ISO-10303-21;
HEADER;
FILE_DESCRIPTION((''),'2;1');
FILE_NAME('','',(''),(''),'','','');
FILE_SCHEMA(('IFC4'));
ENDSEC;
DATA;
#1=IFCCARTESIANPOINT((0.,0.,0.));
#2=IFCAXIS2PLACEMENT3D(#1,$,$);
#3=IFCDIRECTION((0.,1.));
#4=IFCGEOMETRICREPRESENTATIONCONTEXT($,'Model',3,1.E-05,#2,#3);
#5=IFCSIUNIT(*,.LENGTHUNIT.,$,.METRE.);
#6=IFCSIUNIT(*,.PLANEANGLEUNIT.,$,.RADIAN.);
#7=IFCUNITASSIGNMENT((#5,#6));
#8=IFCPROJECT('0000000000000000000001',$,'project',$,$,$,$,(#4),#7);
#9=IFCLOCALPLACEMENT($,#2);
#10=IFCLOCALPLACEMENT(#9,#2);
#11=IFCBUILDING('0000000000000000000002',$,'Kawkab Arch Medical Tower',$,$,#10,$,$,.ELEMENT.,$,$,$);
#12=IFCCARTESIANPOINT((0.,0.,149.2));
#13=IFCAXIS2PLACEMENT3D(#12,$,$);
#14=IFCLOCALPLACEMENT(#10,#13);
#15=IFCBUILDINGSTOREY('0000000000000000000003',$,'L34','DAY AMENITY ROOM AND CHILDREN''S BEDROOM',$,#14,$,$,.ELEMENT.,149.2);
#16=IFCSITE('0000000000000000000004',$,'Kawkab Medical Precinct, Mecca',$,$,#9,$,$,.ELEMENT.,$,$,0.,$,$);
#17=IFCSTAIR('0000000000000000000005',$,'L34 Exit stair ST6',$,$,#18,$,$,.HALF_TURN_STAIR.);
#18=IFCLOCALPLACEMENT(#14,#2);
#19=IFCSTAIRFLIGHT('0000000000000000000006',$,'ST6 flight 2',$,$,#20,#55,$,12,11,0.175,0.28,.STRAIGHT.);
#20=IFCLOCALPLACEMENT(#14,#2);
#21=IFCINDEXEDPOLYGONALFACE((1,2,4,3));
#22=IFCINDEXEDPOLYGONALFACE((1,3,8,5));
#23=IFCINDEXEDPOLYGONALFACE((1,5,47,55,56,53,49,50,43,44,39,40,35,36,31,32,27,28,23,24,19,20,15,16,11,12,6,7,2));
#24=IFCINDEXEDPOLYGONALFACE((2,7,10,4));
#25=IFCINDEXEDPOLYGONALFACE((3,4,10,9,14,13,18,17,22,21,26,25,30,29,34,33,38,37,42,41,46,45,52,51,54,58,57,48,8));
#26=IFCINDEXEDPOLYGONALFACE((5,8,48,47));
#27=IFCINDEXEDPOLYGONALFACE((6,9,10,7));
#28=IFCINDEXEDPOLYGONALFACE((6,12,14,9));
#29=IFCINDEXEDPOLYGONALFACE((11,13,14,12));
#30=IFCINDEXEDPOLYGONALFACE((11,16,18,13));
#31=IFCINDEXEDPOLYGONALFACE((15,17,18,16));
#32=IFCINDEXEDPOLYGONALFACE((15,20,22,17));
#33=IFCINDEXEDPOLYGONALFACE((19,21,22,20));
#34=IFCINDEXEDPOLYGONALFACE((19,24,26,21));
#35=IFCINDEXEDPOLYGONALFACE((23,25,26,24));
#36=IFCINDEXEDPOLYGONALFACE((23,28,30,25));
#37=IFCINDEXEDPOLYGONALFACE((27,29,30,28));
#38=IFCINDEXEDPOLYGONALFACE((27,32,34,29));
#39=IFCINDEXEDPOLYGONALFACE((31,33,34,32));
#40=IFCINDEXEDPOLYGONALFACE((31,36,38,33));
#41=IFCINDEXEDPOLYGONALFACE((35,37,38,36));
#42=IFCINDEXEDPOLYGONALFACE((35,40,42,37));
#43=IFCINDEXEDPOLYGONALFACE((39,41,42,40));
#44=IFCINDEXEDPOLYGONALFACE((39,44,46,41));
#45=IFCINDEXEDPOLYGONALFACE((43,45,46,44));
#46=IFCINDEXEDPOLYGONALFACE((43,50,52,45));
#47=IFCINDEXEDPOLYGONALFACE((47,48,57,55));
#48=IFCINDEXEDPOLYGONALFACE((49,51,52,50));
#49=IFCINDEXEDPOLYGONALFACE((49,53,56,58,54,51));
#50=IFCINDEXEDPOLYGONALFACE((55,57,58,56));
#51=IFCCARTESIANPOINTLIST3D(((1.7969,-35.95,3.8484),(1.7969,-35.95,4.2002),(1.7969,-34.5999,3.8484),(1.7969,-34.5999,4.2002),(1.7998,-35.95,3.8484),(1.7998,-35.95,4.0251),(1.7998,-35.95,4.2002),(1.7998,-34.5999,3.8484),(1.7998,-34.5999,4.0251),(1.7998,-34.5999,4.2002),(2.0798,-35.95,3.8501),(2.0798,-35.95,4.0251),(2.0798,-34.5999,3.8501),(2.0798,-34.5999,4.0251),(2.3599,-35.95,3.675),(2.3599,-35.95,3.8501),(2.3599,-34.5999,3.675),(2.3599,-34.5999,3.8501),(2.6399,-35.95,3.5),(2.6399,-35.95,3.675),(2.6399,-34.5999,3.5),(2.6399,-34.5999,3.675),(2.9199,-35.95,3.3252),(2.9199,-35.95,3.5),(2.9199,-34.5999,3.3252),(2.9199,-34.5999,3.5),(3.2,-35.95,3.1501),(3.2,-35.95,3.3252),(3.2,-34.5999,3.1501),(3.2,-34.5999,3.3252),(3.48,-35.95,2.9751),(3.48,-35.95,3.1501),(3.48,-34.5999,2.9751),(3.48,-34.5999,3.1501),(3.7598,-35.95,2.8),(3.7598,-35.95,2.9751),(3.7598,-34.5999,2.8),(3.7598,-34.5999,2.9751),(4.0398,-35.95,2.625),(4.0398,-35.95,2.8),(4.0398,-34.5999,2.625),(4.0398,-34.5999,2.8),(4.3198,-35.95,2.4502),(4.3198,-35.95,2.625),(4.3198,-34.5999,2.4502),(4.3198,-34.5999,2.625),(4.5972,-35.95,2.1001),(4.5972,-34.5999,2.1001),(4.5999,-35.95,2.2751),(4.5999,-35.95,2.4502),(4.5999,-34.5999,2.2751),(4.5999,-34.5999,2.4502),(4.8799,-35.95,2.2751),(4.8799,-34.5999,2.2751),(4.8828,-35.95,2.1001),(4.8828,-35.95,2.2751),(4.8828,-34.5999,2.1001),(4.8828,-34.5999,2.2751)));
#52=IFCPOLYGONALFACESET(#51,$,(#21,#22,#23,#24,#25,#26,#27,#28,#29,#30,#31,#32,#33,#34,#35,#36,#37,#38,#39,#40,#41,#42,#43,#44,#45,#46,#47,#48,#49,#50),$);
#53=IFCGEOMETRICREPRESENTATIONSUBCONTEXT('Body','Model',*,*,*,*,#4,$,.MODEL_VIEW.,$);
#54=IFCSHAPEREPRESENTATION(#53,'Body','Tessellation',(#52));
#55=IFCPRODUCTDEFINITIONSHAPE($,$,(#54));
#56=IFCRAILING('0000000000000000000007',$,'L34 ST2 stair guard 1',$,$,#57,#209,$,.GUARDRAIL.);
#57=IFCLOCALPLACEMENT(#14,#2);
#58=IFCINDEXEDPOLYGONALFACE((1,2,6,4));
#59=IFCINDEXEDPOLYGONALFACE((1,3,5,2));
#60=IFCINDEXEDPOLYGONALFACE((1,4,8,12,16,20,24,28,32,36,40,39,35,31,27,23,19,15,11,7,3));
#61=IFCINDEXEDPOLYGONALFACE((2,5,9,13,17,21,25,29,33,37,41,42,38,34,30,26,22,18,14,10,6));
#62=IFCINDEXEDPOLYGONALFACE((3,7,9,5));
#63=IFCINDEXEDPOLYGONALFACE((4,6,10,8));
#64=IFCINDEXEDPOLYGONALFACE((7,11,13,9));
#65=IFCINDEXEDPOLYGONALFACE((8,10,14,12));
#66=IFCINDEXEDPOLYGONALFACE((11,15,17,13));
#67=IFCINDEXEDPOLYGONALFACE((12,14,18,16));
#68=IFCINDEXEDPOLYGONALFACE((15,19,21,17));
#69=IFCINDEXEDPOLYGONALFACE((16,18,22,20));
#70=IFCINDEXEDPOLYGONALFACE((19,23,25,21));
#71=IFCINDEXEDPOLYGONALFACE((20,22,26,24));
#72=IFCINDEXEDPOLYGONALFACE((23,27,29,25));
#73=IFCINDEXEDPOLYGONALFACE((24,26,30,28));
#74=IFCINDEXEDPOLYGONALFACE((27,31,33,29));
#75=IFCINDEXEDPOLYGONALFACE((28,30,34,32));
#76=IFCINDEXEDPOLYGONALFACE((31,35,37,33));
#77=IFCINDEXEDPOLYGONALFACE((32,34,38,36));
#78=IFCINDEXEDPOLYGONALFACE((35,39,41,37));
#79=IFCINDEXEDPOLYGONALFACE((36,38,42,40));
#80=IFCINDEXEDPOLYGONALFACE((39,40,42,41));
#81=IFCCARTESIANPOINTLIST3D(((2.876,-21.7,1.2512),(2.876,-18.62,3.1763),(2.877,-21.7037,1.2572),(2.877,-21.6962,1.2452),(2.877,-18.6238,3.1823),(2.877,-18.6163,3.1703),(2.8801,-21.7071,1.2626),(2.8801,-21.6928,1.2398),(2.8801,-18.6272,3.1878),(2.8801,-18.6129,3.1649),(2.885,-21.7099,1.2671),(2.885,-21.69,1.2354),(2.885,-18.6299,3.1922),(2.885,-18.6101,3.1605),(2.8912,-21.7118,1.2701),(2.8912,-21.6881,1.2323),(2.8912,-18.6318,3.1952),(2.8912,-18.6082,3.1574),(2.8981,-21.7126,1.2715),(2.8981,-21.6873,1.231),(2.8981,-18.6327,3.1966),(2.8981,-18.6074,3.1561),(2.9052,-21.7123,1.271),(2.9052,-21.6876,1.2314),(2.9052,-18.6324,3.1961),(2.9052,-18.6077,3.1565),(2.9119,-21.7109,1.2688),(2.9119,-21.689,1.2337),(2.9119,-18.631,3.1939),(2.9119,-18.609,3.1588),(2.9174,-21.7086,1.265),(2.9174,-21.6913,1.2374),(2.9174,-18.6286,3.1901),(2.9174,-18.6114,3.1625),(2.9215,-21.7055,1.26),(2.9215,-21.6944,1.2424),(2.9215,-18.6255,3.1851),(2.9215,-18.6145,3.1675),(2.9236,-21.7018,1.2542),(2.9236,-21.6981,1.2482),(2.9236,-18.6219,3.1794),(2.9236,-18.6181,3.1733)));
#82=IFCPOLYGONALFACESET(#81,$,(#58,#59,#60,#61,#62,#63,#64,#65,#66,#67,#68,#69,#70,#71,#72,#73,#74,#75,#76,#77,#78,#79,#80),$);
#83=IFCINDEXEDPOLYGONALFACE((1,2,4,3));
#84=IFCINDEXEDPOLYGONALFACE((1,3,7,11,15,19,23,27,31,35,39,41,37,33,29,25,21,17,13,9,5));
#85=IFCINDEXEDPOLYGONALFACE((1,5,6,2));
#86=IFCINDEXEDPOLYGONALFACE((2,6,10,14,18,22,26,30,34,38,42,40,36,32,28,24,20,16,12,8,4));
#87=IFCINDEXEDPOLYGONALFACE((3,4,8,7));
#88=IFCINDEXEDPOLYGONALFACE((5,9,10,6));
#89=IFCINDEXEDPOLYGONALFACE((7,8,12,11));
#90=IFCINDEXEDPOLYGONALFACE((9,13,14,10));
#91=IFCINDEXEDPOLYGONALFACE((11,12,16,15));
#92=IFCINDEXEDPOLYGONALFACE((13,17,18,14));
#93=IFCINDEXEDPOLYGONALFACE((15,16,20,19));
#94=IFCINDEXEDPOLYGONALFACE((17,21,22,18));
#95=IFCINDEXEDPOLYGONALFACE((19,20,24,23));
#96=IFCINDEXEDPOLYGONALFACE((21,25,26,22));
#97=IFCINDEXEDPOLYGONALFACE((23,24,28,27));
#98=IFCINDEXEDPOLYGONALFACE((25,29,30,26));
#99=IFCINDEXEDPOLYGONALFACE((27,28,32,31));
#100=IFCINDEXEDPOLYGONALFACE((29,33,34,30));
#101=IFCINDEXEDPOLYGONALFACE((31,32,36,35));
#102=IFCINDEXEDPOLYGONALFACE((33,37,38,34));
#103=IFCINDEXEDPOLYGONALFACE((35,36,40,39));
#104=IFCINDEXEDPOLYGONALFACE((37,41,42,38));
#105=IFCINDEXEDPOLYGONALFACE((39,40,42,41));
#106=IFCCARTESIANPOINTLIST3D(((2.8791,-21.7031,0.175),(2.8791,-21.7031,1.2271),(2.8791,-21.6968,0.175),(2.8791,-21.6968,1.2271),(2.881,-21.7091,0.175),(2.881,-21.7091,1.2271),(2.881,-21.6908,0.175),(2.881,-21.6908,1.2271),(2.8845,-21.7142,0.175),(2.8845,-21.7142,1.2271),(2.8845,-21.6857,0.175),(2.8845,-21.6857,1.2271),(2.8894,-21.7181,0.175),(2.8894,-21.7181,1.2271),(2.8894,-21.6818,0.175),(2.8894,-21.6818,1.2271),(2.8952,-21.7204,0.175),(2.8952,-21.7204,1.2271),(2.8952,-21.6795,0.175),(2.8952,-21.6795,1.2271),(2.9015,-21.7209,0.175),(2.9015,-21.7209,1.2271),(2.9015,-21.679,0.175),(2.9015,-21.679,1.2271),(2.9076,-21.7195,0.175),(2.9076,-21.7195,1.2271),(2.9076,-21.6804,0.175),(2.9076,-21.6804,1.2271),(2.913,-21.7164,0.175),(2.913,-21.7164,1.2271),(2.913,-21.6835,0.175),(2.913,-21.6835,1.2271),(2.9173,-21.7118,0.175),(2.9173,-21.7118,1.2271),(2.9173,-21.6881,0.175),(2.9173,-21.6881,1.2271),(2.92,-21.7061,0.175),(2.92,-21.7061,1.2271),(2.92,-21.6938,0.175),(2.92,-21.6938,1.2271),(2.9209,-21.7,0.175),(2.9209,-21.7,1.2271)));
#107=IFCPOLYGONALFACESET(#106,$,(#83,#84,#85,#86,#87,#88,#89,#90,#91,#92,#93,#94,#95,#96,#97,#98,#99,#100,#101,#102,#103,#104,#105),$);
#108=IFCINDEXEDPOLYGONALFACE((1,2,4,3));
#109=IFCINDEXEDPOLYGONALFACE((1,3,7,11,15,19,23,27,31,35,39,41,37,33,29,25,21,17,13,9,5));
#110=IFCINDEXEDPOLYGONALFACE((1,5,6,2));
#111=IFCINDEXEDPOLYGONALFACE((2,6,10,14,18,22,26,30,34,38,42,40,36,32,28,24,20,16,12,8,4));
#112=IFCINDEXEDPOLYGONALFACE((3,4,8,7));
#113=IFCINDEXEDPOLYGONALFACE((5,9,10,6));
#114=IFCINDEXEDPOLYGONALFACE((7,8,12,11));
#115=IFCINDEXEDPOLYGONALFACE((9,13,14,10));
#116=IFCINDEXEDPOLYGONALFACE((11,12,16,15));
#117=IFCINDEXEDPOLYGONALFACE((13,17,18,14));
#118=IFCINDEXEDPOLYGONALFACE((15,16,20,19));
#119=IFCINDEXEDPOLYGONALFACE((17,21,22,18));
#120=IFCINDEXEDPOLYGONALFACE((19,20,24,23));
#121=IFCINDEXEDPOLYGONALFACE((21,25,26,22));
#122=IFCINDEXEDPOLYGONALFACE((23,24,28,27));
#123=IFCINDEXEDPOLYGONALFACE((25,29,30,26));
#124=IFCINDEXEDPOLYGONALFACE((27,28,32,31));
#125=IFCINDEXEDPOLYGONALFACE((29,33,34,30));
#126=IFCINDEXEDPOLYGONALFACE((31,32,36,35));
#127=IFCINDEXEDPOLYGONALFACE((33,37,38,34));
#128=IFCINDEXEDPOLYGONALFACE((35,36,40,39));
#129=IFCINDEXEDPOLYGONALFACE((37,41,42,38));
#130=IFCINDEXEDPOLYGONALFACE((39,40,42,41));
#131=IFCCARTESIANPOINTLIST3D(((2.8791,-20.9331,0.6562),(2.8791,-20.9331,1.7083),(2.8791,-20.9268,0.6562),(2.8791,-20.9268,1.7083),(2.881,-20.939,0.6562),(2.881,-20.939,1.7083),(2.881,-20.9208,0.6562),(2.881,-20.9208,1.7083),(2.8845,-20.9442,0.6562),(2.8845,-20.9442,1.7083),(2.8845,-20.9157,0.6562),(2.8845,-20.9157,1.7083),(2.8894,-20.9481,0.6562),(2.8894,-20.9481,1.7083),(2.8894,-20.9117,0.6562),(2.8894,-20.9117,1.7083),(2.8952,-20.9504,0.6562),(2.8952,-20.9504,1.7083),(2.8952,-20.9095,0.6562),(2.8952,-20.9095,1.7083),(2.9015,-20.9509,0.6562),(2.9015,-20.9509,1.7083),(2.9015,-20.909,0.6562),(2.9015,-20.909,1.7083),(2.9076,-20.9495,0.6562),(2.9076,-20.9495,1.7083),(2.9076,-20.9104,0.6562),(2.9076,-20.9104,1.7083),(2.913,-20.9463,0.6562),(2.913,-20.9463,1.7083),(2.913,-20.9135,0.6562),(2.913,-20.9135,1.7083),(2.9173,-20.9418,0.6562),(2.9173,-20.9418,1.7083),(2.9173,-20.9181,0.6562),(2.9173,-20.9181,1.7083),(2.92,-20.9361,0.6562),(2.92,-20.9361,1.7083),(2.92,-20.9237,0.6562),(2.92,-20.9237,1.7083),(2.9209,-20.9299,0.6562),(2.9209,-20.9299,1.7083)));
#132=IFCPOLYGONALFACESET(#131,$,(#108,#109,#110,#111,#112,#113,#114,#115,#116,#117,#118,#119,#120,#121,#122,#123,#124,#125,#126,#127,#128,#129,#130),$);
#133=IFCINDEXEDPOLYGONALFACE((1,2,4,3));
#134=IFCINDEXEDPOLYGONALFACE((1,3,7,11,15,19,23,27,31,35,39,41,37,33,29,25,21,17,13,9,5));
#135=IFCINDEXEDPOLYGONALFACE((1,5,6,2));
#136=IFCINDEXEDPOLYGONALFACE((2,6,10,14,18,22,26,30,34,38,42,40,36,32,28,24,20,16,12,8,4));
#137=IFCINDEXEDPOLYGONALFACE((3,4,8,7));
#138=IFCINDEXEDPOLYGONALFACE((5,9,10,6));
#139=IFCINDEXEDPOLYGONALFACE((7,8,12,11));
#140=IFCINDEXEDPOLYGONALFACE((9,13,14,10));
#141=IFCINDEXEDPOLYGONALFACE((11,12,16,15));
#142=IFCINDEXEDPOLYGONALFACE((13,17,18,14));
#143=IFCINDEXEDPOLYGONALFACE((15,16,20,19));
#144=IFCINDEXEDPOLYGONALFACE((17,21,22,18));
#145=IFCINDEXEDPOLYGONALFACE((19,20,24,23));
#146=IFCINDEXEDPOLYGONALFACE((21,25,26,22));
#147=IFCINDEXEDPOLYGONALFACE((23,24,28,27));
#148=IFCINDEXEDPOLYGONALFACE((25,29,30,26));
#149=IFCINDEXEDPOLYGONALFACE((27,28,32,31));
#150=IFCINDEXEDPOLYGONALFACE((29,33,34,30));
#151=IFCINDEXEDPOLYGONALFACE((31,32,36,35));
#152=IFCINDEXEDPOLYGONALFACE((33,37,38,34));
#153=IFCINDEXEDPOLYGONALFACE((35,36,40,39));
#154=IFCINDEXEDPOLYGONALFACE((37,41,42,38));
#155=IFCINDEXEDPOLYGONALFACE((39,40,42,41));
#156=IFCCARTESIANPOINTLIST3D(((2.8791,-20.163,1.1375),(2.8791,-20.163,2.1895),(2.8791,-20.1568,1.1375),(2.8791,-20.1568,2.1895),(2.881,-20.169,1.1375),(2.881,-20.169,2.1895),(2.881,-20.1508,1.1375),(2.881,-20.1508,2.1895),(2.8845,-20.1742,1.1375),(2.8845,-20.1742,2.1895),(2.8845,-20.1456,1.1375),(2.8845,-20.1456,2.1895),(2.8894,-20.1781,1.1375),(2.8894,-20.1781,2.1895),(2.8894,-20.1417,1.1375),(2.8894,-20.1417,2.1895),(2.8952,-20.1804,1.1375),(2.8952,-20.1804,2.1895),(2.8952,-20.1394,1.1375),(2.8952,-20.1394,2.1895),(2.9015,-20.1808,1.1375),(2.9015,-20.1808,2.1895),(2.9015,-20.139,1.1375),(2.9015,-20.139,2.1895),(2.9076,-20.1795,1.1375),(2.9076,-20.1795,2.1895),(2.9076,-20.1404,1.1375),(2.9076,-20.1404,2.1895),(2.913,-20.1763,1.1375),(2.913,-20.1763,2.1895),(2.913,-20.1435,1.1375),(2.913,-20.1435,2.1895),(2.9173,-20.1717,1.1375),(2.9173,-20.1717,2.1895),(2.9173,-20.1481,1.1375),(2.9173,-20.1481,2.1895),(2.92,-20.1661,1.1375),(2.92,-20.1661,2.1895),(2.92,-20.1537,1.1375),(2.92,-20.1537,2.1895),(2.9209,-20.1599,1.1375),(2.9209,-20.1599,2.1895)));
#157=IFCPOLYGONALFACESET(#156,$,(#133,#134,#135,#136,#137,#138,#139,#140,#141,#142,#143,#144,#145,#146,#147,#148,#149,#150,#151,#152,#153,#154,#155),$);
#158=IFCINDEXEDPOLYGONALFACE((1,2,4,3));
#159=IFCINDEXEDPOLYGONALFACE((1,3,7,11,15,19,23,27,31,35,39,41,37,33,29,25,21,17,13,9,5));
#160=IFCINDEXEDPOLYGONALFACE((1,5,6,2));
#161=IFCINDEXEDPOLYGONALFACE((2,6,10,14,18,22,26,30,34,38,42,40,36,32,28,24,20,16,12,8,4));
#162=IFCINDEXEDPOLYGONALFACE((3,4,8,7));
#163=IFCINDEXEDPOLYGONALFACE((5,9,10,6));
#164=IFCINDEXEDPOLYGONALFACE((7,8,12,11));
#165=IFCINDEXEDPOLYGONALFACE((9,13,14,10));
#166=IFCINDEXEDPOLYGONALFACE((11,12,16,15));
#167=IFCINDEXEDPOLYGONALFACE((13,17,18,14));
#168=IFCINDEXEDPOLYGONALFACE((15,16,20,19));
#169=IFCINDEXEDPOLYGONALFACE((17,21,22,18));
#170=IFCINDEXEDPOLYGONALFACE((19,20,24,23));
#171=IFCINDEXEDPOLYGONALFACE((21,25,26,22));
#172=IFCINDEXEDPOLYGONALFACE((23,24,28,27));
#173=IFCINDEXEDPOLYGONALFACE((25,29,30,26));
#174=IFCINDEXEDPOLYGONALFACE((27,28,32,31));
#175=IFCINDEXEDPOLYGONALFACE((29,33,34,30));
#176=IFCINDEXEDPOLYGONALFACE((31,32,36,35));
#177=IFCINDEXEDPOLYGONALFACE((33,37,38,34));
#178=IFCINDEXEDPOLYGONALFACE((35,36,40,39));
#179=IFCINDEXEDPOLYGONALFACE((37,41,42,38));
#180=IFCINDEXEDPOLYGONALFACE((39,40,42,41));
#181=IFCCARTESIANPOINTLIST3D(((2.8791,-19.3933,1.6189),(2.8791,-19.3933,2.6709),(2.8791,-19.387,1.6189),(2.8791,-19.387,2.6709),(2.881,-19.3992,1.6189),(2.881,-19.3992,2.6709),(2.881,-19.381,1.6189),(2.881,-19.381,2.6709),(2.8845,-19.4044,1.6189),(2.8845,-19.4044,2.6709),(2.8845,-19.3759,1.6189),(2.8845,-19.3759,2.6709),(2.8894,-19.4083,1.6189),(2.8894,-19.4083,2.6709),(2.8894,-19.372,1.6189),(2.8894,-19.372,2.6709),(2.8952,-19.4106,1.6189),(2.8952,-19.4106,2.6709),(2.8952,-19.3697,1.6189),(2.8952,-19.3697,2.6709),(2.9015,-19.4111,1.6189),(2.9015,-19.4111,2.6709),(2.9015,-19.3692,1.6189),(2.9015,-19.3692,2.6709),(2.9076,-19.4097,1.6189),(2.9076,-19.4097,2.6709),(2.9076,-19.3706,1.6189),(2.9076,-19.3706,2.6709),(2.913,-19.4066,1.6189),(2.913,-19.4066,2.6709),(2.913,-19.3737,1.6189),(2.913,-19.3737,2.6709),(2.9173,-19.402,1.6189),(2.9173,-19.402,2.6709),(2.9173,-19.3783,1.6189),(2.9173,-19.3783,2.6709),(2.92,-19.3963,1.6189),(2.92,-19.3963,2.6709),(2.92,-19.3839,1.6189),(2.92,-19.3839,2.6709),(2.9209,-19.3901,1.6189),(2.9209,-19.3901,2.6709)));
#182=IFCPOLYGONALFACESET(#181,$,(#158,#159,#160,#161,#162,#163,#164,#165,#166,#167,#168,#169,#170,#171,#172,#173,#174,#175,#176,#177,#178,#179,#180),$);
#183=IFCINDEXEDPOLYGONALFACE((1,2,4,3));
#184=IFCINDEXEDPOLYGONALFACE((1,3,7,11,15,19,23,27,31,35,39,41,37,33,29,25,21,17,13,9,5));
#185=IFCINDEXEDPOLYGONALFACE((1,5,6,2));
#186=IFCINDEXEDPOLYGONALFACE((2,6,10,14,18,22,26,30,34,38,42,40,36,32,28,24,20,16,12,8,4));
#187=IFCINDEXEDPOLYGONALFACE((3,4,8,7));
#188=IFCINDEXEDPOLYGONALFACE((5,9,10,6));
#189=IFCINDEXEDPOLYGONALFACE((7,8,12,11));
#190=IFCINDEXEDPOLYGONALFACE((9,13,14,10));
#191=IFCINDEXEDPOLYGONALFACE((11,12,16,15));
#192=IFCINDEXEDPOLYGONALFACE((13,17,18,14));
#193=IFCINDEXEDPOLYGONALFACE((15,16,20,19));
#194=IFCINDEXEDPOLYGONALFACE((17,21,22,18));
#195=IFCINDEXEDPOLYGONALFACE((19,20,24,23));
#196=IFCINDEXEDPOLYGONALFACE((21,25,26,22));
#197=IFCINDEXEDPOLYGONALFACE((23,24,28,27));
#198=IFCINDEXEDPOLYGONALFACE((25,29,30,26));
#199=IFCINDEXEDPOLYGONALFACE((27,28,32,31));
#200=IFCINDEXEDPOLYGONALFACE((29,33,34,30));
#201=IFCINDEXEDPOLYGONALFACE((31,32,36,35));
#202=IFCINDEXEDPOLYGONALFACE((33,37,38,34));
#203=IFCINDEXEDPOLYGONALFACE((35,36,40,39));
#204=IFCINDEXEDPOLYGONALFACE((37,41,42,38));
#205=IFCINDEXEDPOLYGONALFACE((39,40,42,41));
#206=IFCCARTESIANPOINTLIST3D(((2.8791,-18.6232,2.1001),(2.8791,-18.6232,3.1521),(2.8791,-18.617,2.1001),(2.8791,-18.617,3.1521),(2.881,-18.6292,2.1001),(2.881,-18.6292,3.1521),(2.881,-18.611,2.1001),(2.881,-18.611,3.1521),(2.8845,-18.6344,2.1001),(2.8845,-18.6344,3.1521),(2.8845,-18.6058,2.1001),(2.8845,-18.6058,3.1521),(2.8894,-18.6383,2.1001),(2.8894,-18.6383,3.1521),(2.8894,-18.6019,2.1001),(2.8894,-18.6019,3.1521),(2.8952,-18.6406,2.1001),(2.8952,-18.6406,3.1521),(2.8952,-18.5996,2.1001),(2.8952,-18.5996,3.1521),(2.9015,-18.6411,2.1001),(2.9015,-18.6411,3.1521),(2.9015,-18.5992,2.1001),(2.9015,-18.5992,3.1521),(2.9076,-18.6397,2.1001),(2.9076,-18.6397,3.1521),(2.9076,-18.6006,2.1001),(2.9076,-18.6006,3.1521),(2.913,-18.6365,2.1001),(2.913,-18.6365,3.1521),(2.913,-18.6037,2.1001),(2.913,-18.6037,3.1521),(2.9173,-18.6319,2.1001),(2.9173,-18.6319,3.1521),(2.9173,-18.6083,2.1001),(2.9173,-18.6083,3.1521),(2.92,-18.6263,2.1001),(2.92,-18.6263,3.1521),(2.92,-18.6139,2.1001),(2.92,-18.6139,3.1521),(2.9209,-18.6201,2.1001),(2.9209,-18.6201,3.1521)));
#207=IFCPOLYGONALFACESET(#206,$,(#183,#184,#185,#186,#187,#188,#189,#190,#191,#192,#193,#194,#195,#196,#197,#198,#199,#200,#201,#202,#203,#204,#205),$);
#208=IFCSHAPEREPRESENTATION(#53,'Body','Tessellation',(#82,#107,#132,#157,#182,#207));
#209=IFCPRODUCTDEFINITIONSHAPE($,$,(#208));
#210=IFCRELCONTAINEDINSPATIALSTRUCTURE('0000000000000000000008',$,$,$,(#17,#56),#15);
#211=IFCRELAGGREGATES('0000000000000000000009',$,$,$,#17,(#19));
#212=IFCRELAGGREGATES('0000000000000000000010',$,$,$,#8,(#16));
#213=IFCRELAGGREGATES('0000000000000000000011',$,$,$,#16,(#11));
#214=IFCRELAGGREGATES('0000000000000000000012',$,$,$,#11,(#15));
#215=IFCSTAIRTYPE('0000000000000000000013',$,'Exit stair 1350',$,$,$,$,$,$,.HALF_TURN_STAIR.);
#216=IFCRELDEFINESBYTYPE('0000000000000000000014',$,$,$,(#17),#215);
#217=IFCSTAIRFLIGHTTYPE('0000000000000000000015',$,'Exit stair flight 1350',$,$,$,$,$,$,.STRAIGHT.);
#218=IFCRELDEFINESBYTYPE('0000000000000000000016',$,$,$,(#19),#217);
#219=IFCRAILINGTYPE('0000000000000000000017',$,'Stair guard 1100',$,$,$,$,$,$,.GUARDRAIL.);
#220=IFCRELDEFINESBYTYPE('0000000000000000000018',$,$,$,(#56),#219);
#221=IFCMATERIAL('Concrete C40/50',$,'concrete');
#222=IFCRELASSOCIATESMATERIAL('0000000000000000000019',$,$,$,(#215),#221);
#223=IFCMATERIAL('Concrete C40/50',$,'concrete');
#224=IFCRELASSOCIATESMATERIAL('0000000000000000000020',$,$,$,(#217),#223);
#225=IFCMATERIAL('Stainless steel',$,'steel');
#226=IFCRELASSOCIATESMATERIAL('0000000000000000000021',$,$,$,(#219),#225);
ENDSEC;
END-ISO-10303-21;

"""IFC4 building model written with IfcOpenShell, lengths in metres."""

from ifc_helpers import new_model, si_unit, direction, frame, origin, origin_2d, place, context, subcontext, project, spatial, polyline, circle, outline, extrude, material, type_object, element, aggregate, save


model = new_model("IFC4")

# Units and contexts
model_context = context("Model", 3, precision=1e-05, world=origin(), true_north=direction((0.0, 1.0)))
body_context = subcontext(model_context, "Body", "Model", "MODEL_VIEW")
ifc_project = project(units=[si_unit("LENGTHUNIT", "METRE"), si_unit("PLANEANGLEUNIT", "RADIAN")], contexts=[model_context])

# Site, building, storey
site_placement = place(None, origin())
site = spatial("IfcSite", under=ifc_project, at=site_placement, Name="Kawkab Medical Precinct, Mecca", CompositionType="ELEMENT", RefElevation=0.0)
building_placement = place(site_placement, origin())
building = spatial("IfcBuilding", under=site, at=building_placement, Name="Kawkab Arch Medical Tower", CompositionType="ELEMENT")
storey_placement = place(building_placement, frame((0.0, 0.0, 149.2)))
storey = spatial("IfcBuildingStorey", under=building, at=storey_placement, Name="L34", Description="DAY AMENITY ROOM AND CHILDREN'S BEDROOM", CompositionType="ELEMENT", Elevation=149.2)

# Stair, stair flight
ifc_material_1 = material(Name="Concrete C40/50", Category="concrete")
stair_type = type_object("IfcStairType", Name="Exit stair 1350", PredefinedType="HALF_TURN_STAIR", material=ifc_material_1)
placement = place(storey_placement, origin())
ifc_material_2 = material(Name="Concrete C40/50", Category="concrete")
stair_flight_type = type_object("IfcStairFlightType", Name="Exit stair flight 1350", PredefinedType="STRAIGHT", material=ifc_material_2)
stair_1 = element("IfcStair", 1, at=placement, inside=storey, type_object=stair_type, Name="L34 Exit stair ST6", PredefinedType="HALF_TURN_STAIR")
stair_flight_1_placement = place(storey_placement, frame((4.8799, -35.2749, 2.1001), z_axis=(0.0, 0.0, 1.0), x_axis=(-1.0, 0.0, 0.0)))
stair_flight_1 = element("IfcStairFlight", 2, at=stair_flight_1_placement, type_object=stair_flight_type, Name="ST6 flight 2", NumberOfRisers=12, NumberOfTreads=11, PredefinedType="STRAIGHT", RiserHeight=0.175, TreadLength=0.28, context=body_context, shape_type="SweptSolid", body=[
    extrude(outline(polyline([(-0.0029, 0.0), (-0.0029, 0.175), (0.0, 0.175), (0.28, 0.175), (0.28, 0.3501), (0.5601, 0.3501), (0.5601, 0.5249), (0.8401, 0.5249), (0.8401, 0.7), (1.1201, 0.7), (1.1201, 0.875), (1.3999, 0.875), (1.3999, 1.05), (1.6799, 1.05), (1.6799, 1.2251), (1.96, 1.2251), (1.96, 1.3999), (2.24, 1.3999), (2.24, 1.575), (2.52, 1.575), (2.52, 1.75), (2.8, 1.75), (2.8, 1.925), (3.0801, 1.925), (3.0801, 2.1001), (3.083, 2.1001), (3.083, 1.7483), (3.0801, 1.7483), (0.2827, 0.0), (-0.0029, 0.0)])), frame((0.0, 0.675, 0.0), z_axis=(0.0, -1.0, 0.0), x_axis=(1.0, 0.0, 0.0)), (0.0, 0.0, 1.0), 1.3501),
])
aggregate(stair_1, [stair_flight_1])

# Railing
ifc_material_3 = material(Name="Stainless steel", Category="steel")
railing_type = type_object("IfcRailingType", Name="Stair guard 1100", PredefinedType="GUARDRAIL", material=ifc_material_3)
railing_1_placement = place(storey_placement, frame((2.8999, -21.7, 0.175)))
element("IfcRailing", 3, at=railing_1_placement, inside=storey, type_object=railing_type, Name="L34 ST2 stair guard 1", PredefinedType="GUARDRAIL", context=body_context, shape_type="SweptSolid", body=[
    extrude(circle(Radius=0.0239, at=origin_2d()), frame((0.0, 0.0, 1.0762), z_axis=(0.0, 0.847979, 0.530029), x_axis=(-1.0, 0.0, 0.0)), (0.0, 0.0, 1.0), 3.6321),
    extrude(circle(Radius=0.021, at=origin_2d()), origin(), (0.0, 0.0, 1.0), 1.052),
    extrude(circle(Radius=0.021, at=origin_2d()), frame((0.0, 0.77, 0.4812)), (0.0, 0.0, 1.0), 1.052),
    extrude(circle(Radius=0.021, at=origin_2d()), frame((0.0, 1.54, 0.9624)), (0.0, 0.0, 1.0), 1.052),
    extrude(circle(Radius=0.021, at=origin_2d()), frame((0.0, 2.3098, 1.4438)), (0.0, 0.0, 1.0), 1.052),
    extrude(circle(Radius=0.021, at=origin_2d()), frame((0.0, 3.0798, 1.925)), (0.0, 0.0, 1.0), 1.052),
])

save(model, "model.ifc")
